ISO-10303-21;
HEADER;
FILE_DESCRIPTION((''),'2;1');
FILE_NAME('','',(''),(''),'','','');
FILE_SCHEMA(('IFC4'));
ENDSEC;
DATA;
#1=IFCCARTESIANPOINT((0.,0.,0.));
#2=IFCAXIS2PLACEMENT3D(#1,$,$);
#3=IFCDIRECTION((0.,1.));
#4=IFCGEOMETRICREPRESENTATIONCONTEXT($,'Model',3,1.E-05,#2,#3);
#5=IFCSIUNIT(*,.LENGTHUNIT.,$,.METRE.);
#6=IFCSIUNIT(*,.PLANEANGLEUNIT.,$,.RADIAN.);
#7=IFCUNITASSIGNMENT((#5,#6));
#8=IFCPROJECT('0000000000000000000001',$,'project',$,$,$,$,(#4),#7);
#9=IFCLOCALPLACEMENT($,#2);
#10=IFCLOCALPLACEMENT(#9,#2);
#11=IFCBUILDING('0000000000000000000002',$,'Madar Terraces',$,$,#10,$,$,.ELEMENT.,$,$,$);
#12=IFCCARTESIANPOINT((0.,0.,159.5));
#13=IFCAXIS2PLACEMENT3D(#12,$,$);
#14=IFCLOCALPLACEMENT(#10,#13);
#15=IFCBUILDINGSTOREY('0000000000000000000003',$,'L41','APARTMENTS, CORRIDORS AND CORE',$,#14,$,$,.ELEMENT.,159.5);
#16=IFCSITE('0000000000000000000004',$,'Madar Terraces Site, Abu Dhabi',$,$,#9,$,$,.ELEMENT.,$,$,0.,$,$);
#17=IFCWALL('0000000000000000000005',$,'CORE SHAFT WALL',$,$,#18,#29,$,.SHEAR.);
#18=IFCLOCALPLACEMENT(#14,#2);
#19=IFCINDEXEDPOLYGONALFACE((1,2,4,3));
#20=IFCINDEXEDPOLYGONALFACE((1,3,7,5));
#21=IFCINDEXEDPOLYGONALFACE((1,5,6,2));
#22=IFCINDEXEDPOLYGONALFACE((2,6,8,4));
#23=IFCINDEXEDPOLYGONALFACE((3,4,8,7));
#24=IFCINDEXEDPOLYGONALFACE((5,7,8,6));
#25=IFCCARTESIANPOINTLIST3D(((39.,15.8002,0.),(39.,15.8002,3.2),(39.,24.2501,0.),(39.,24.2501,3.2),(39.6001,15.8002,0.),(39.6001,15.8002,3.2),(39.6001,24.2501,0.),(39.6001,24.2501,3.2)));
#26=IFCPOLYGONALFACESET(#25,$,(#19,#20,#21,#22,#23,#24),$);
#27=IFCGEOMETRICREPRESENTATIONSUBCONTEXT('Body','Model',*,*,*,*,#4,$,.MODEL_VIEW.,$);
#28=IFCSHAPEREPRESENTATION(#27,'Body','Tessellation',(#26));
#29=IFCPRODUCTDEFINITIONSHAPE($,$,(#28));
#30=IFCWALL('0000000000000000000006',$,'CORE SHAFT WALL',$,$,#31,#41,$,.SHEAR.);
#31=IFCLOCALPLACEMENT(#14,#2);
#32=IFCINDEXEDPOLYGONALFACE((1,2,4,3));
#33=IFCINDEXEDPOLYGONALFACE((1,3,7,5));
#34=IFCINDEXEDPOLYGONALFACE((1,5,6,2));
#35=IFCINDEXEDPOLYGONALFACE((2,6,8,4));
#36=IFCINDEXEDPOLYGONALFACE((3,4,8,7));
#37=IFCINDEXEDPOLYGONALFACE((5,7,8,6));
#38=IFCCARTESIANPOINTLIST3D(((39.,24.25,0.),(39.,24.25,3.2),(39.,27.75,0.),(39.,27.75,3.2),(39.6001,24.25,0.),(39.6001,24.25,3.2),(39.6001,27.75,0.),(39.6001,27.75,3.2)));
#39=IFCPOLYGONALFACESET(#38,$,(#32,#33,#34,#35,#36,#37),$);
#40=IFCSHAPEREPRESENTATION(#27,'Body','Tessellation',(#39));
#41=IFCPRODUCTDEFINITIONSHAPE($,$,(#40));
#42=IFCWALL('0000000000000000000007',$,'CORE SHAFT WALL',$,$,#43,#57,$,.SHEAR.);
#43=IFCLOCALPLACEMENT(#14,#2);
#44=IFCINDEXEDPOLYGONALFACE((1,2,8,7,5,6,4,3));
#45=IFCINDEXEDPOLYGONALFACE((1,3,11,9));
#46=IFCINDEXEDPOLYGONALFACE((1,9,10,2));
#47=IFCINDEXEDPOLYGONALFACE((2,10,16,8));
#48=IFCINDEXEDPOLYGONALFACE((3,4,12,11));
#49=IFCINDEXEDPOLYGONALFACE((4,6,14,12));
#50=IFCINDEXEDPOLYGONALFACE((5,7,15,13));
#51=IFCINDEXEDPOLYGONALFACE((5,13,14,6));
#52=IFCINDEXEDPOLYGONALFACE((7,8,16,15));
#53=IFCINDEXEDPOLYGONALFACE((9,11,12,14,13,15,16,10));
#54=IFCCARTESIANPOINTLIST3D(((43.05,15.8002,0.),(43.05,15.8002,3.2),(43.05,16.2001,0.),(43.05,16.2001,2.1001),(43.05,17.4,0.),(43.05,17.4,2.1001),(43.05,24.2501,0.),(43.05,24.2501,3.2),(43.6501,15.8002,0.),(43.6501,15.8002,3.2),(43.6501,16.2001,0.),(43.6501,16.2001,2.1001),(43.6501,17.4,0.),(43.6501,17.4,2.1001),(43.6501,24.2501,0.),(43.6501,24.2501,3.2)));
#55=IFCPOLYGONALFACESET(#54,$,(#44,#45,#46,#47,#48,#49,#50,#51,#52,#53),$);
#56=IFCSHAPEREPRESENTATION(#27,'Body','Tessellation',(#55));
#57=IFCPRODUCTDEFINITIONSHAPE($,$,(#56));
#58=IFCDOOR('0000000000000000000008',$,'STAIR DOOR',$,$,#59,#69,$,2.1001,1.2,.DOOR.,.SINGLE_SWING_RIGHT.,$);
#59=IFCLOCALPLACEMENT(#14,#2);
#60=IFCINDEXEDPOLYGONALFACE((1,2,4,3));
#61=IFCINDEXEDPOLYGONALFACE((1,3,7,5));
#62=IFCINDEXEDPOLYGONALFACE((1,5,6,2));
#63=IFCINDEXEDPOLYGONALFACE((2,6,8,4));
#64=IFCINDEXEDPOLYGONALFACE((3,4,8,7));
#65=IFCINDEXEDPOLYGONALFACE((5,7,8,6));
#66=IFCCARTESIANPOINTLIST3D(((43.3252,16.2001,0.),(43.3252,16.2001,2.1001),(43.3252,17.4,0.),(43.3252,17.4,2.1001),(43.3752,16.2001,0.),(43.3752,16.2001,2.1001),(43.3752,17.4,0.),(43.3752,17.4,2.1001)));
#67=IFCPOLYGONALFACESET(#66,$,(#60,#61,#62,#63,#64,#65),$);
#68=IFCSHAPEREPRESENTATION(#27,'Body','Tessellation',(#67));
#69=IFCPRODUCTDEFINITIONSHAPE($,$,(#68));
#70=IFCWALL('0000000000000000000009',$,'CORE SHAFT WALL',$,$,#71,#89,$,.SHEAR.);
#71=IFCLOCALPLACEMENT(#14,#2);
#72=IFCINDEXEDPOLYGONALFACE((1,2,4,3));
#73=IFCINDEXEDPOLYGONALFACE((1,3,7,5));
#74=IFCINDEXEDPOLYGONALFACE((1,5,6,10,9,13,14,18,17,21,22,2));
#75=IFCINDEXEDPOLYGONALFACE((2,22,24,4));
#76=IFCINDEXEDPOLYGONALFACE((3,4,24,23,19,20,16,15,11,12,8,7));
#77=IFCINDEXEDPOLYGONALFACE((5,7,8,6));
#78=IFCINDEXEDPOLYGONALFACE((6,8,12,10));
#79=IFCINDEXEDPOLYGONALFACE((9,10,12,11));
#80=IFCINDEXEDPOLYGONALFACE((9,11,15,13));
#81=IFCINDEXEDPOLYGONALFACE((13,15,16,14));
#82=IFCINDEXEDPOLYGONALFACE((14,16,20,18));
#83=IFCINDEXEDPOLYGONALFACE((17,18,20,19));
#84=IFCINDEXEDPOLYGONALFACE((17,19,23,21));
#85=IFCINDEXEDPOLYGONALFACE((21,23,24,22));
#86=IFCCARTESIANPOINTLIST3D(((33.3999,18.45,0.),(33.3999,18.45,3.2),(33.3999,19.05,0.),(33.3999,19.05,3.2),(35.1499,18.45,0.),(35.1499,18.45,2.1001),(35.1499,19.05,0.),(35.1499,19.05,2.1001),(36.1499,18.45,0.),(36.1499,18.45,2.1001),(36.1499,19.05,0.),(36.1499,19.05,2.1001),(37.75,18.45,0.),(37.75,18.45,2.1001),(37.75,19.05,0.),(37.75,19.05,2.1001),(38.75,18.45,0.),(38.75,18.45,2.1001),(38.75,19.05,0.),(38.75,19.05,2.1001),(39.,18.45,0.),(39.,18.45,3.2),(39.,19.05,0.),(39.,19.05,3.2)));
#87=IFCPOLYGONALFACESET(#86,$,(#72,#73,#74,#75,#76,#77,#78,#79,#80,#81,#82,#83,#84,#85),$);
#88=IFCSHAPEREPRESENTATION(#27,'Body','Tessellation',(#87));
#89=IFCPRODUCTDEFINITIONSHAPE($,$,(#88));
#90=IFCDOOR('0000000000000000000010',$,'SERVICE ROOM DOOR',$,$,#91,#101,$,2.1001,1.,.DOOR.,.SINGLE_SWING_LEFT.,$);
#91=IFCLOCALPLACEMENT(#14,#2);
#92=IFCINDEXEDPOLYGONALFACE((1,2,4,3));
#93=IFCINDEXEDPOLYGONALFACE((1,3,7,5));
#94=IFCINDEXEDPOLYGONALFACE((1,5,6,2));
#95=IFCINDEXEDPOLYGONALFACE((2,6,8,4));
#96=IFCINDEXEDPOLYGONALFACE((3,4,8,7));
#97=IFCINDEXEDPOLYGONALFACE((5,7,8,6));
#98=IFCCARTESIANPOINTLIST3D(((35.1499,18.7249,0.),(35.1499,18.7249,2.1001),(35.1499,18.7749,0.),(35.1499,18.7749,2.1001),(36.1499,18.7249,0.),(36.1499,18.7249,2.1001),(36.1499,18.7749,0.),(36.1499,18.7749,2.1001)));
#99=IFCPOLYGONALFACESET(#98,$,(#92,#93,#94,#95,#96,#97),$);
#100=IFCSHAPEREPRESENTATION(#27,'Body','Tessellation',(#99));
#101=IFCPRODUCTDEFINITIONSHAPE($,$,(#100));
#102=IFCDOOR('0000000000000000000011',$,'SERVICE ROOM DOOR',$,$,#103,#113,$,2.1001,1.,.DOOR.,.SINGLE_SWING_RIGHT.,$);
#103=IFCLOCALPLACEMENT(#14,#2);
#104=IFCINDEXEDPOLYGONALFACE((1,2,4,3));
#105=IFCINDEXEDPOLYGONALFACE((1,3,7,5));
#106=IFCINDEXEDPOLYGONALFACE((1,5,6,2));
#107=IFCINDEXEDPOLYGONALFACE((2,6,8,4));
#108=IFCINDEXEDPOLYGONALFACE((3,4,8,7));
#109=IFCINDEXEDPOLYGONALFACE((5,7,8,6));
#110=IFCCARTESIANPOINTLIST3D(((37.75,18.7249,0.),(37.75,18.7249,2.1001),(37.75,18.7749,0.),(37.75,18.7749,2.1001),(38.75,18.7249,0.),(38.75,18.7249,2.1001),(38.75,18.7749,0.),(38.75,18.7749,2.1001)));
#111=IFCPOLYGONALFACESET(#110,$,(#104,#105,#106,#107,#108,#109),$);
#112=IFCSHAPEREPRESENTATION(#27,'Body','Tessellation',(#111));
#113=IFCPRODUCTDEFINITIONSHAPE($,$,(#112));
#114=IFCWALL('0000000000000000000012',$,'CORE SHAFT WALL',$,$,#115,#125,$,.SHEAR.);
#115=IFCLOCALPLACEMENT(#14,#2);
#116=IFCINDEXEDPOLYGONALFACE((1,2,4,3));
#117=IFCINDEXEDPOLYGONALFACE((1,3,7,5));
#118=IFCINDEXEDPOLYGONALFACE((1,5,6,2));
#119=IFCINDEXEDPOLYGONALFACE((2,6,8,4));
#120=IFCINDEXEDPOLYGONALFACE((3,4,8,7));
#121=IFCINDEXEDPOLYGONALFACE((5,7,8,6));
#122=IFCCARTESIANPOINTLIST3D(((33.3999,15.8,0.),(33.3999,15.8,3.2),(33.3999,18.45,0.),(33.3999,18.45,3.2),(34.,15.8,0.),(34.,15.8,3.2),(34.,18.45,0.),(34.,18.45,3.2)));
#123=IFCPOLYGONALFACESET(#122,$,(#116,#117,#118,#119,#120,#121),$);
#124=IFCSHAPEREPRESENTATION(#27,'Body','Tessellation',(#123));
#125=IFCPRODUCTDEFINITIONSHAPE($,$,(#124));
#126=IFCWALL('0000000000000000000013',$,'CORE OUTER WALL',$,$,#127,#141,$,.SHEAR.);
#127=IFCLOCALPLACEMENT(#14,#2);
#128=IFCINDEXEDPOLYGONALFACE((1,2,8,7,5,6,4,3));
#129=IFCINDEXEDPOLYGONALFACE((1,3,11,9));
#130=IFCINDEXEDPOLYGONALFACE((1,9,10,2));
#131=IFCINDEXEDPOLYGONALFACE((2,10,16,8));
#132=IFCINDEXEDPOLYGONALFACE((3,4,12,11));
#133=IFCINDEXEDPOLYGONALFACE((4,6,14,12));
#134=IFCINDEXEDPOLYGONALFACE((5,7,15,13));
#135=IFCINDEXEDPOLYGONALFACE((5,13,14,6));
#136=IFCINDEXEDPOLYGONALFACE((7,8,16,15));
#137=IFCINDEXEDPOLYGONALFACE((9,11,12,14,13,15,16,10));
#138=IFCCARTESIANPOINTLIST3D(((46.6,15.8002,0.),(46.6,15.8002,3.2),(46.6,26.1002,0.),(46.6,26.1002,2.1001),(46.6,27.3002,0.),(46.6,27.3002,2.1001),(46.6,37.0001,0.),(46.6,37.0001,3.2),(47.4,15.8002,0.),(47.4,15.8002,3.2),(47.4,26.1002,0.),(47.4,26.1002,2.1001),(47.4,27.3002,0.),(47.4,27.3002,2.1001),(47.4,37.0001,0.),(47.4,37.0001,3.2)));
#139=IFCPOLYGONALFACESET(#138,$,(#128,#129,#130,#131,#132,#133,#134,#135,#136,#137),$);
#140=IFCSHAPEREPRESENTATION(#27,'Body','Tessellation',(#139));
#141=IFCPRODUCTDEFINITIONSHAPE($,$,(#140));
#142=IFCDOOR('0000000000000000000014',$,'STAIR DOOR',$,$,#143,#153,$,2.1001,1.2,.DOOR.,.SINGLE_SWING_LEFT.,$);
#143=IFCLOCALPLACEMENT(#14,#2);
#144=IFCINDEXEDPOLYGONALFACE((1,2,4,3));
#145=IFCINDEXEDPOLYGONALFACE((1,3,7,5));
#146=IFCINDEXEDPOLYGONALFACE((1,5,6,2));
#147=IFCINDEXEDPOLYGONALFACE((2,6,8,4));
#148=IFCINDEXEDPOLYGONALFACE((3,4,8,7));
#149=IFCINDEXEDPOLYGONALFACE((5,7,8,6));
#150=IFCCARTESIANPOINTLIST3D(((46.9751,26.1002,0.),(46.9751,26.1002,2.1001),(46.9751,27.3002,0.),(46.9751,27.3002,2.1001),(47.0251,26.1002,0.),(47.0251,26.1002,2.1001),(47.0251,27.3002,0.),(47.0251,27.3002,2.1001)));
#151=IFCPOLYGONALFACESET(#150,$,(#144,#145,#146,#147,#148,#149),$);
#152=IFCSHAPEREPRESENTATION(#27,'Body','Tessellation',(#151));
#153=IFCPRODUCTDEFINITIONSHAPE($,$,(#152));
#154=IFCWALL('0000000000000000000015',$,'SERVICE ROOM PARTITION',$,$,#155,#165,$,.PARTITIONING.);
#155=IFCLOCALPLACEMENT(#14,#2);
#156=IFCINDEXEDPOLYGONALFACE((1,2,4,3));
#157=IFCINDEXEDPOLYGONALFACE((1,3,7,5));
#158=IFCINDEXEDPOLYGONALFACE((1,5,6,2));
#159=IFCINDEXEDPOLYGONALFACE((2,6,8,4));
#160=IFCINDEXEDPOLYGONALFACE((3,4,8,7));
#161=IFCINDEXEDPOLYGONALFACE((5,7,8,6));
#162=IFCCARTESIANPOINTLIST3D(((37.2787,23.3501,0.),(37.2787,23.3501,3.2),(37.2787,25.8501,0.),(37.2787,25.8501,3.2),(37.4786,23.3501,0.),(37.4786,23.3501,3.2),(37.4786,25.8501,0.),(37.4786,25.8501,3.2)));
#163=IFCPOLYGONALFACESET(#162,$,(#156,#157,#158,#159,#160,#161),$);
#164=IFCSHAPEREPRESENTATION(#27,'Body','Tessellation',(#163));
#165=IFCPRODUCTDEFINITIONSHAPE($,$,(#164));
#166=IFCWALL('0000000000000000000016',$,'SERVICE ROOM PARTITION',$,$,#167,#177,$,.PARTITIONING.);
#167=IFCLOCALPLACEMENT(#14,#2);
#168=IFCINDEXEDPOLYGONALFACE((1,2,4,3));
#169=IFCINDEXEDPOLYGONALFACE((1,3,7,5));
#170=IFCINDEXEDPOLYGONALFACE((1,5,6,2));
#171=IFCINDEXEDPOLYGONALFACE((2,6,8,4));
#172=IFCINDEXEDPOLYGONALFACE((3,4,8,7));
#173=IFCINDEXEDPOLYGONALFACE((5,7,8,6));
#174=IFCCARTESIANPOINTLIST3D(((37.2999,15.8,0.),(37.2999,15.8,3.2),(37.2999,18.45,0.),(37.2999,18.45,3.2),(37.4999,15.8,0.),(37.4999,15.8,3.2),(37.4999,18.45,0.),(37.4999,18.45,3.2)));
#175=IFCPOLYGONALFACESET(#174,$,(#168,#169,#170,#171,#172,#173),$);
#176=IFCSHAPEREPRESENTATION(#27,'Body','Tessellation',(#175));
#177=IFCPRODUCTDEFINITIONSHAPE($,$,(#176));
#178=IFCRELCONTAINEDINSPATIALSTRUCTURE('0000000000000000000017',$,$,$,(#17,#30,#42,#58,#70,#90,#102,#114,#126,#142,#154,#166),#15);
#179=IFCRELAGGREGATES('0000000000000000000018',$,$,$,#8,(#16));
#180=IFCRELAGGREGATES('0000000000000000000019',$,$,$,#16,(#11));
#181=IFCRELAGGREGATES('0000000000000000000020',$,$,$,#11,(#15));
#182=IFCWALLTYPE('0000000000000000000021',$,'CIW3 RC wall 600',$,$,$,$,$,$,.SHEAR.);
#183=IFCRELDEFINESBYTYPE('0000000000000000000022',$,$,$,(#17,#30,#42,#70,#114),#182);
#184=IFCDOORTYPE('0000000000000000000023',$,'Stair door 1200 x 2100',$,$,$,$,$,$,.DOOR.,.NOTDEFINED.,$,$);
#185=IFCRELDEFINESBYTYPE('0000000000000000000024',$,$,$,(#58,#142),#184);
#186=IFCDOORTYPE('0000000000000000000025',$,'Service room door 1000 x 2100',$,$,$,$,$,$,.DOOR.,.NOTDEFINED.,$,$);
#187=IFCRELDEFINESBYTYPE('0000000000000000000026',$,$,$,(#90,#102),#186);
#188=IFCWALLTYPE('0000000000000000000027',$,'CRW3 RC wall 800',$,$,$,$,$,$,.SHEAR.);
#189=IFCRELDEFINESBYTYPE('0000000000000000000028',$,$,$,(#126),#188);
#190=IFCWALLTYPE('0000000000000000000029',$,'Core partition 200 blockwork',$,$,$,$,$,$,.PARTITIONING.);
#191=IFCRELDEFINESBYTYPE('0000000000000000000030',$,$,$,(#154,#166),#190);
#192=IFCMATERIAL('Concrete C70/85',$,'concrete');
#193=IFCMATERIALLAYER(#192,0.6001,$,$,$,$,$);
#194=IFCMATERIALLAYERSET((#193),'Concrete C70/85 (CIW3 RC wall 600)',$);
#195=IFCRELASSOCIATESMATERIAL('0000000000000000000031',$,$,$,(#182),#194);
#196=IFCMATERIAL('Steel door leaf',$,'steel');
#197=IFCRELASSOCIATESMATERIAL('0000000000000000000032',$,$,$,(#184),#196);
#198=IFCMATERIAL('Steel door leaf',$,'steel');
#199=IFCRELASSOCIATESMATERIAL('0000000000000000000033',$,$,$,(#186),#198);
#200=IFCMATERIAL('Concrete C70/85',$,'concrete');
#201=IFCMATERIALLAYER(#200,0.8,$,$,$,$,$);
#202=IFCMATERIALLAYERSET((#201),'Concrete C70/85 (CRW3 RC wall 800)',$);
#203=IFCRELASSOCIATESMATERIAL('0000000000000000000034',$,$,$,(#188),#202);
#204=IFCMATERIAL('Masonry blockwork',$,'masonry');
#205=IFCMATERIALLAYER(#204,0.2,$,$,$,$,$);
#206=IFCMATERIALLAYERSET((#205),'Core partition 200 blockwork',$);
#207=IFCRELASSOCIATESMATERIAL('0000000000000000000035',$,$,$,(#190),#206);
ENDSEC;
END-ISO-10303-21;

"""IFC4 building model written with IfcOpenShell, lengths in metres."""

from ifc_helpers import new_model, si_unit, direction, frame, frame_2d, origin, place, context, subcontext, project, spatial, rectangle, extrude, material, layer, layer_set, type_object, element, fill, save


model = new_model("IFC4")

# Units and contexts
model_context = context("Model", 3, precision=1e-05, world=origin(), true_north=direction((0.0, 1.0)))
body_context = subcontext(model_context, "Body", "Model", "MODEL_VIEW")
ifc_project = project(units=[si_unit("LENGTHUNIT", "METRE"), si_unit("PLANEANGLEUNIT", "RADIAN")], contexts=[model_context])

# Site, building, storey
site_placement = place(None, origin())
site = spatial("IfcSite", under=ifc_project, at=site_placement, Name="Madar Terraces Site, Abu Dhabi", CompositionType="ELEMENT", RefElevation=0.0)
building_placement = place(site_placement, origin())
building = spatial("IfcBuilding", under=site, at=building_placement, Name="Madar Terraces", CompositionType="ELEMENT")
storey_placement = place(building_placement, frame((0.0, 0.0, 159.5)))
storey = spatial("IfcBuildingStorey", under=building, at=storey_placement, Name="L41", Description="APARTMENTS, CORRIDORS AND CORE", CompositionType="ELEMENT", Elevation=159.5)

# Walls
ifc_material_1 = material(Name="Concrete C70/85", Category="concrete")
ifc_layer_1 = layer(ifc_material_1, 0.6001)
ifc_layer_set_1 = layer_set([ifc_layer_1], Name="Concrete C70/85 (CIW3 RC wall 600)")
wall_type_1 = type_object("IfcWallType", Name="CIW3 RC wall 600", PredefinedType="SHEAR", material=ifc_layer_set_1)
wall_1_placement = place(storey_placement, frame((39.3, 15.8, 0.0), z_axis=(0.0, 0.0, 1.0), x_axis=(0.0, 1.0, 0.0)))
element("IfcWall", 1, at=wall_1_placement, inside=storey, type_object=wall_type_1, Name="CORE SHAFT WALL", PredefinedType="SHEAR", context=body_context, shape_type="SweptSolid", body=[
    extrude(rectangle(XDim=8.45, YDim=0.6001, at=frame_2d((4.2251, 0.0))), origin(), (0.0, 0.0, 1.0), 3.2),
])
wall_2_placement = place(storey_placement, frame((39.3, 24.25, 0.0), z_axis=(0.0, 0.0, 1.0), x_axis=(0.0, 1.0, 0.0)))
element("IfcWall", 2, at=wall_2_placement, inside=storey, type_object=wall_type_1, Name="CORE SHAFT WALL", PredefinedType="SHEAR", context=body_context, shape_type="SweptSolid", body=[
    extrude(rectangle(XDim=3.5, YDim=0.6001, at=frame_2d((1.75, 0.0))), origin(), (0.0, 0.0, 1.0), 3.2),
])

# Wall, opening, door
wall_3_placement = place(storey_placement, frame((43.3501, 15.8, 0.0), z_axis=(0.0, 0.0, 1.0), x_axis=(0.0, 1.0, 0.0)))
wall_3 = element("IfcWall", 3, at=wall_3_placement, inside=storey, type_object=wall_type_1, Name="CORE SHAFT WALL", PredefinedType="SHEAR", context=body_context, shape_type="SweptSolid", body=[
    extrude(rectangle(XDim=8.45, YDim=0.6001, at=frame_2d((4.2251, 0.0))), origin(), (0.0, 0.0, 1.0), 3.2),
])
opening_1_placement = place(wall_3_placement, frame((0.3999, 0.0, 0.0)))
opening_1 = element("IfcOpeningElement", 4, at=opening_1_placement, cuts=wall_3, PredefinedType="OPENING", context=body_context, shape_type="SweptSolid", body=[
    extrude(rectangle(XDim=1.2, YDim=2.1001, at=frame_2d((0.6001, 1.05))), frame((0.0, 0.3101, 0.0), z_axis=(0.0, -1.0, 0.0), x_axis=(1.0, 0.0, 0.0)), (0.0, 0.0, 1.0), 0.6201),
])
ifc_material_2 = material(Name="Steel door leaf", Category="steel")
door_type_1 = type_object("IfcDoorType", Name="Stair door 1200 x 2100", OperationType="NOTDEFINED", PredefinedType="DOOR", material=ifc_material_2)
door_1_placement = place(opening_1_placement, origin())
door_1 = element("IfcDoor", 5, at=door_1_placement, inside=storey, type_object=door_type_1, Name="STAIR DOOR", OperationType="SINGLE_SWING_RIGHT", OverallHeight=2.1001, OverallWidth=1.2, PredefinedType="DOOR", context=body_context, shape_type="SweptSolid", body=[
    extrude(rectangle(XDim=1.2, YDim=2.1001, at=frame_2d((0.6001, 1.05))), frame((0.0, 0.0249, 0.0), z_axis=(0.0, -1.0, 0.0), x_axis=(1.0, 0.0, 0.0)), (0.0, 0.0, 1.0), 0.05),
])
fill(opening_1, door_1)

# Wall, openings, doors
wall_4_placement = place(storey_placement, frame((33.3999, 18.75, 0.0), z_axis=(0.0, 0.0, 1.0), x_axis=(1.0, 0.0, 0.0)))
wall_4 = element("IfcWall", 6, at=wall_4_placement, inside=storey, type_object=wall_type_1, Name="CORE SHAFT WALL", PredefinedType="SHEAR", context=body_context, shape_type="SweptSolid", body=[
    extrude(rectangle(XDim=5.6001, YDim=0.6001, at=frame_2d((2.8, 0.0))), origin(), (0.0, 0.0, 1.0), 3.2),
])
opening_2_placement = place(wall_4_placement, frame((1.75, 0.0, 0.0)))
opening_2 = element("IfcOpeningElement", 7, at=opening_2_placement, cuts=wall_4, PredefinedType="OPENING", context=body_context, shape_type="SweptSolid", body=[
    extrude(rectangle(XDim=1.0, YDim=2.1001, at=frame_2d((0.5, 1.05))), frame((0.0, 0.3101, 0.0), z_axis=(0.0, -1.0, 0.0), x_axis=(1.0, 0.0, 0.0)), (0.0, 0.0, 1.0), 0.6201),
])
opening_3_placement = place(wall_4_placement, frame((4.3501, 0.0, 0.0)))
opening_3 = element("IfcOpeningElement", 8, at=opening_3_placement, cuts=wall_4, PredefinedType="OPENING", context=body_context, shape_type="SweptSolid", body=[
    extrude(rectangle(XDim=1.0, YDim=2.1001, at=frame_2d((0.5, 1.05))), frame((0.0, 0.3101, 0.0), z_axis=(0.0, -1.0, 0.0), x_axis=(1.0, 0.0, 0.0)), (0.0, 0.0, 1.0), 0.6201),
])
ifc_material_3 = material(Name="Steel door leaf", Category="steel")
door_type_2 = type_object("IfcDoorType", Name="Service room door 1000 x 2100", OperationType="NOTDEFINED", PredefinedType="DOOR", material=ifc_material_3)
door_2_placement = place(opening_2_placement, origin())
door_2 = element("IfcDoor", 9, at=door_2_placement, inside=storey, type_object=door_type_2, Name="SERVICE ROOM DOOR", OperationType="SINGLE_SWING_LEFT", OverallHeight=2.1001, OverallWidth=1.0, PredefinedType="DOOR", context=body_context, shape_type="SweptSolid", body=[
    extrude(rectangle(XDim=1.0, YDim=2.1001, at=frame_2d((0.5, 1.05))), frame((0.0, 0.0249, 0.0), z_axis=(0.0, -1.0, 0.0), x_axis=(1.0, 0.0, 0.0)), (0.0, 0.0, 1.0), 0.05),
])
fill(opening_2, door_2)
door_3_placement = place(opening_3_placement, origin())
door_3 = element("IfcDoor", 10, at=door_3_placement, inside=storey, type_object=door_type_2, Name="SERVICE ROOM DOOR", OperationType="SINGLE_SWING_RIGHT", OverallHeight=2.1001, OverallWidth=1.0, PredefinedType="DOOR", context=body_context, shape_type="SweptSolid", body=[
    extrude(rectangle(XDim=1.0, YDim=2.1001, at=frame_2d((0.5, 1.05))), frame((0.0, 0.0249, 0.0), z_axis=(0.0, -1.0, 0.0), x_axis=(1.0, 0.0, 0.0)), (0.0, 0.0, 1.0), 0.05),
])
fill(opening_3, door_3)

# Wall
wall_5_placement = place(storey_placement, frame((33.7, 15.8, 0.0), z_axis=(0.0, 0.0, 1.0), x_axis=(0.0, 1.0, 0.0)))
element("IfcWall", 11, at=wall_5_placement, inside=storey, type_object=wall_type_1, Name="CORE SHAFT WALL", PredefinedType="SHEAR", context=body_context, shape_type="SweptSolid", body=[
    extrude(rectangle(XDim=2.6499, YDim=0.6001, at=frame_2d((1.325, 0.0))), origin(), (0.0, 0.0, 1.0), 3.2),
])

# Wall, opening, door
ifc_material_4 = material(Name="Concrete C70/85", Category="concrete")
ifc_layer_2 = layer(ifc_material_4, 0.8)
ifc_layer_set_2 = layer_set([ifc_layer_2], Name="Concrete C70/85 (CRW3 RC wall 800)")
wall_type_2 = type_object("IfcWallType", Name="CRW3 RC wall 800", PredefinedType="SHEAR", material=ifc_layer_set_2)
wall_6_placement = place(storey_placement, frame((47.0, 15.8, 0.0), z_axis=(0.0, 0.0, 1.0), x_axis=(0.0, 1.0, 0.0)))
wall_6 = element("IfcWall", 12, at=wall_6_placement, inside=storey, type_object=wall_type_2, Name="CORE OUTER WALL", PredefinedType="SHEAR", context=body_context, shape_type="SweptSolid", body=[
    extrude(rectangle(XDim=21.2, YDim=0.8, at=frame_2d((10.6001, 0.0))), origin(), (0.0, 0.0, 1.0), 3.2),
])
opening_4_placement = place(wall_6_placement, frame((10.3, 0.0, 0.0)))
opening_4 = element("IfcOpeningElement", 13, at=opening_4_placement, cuts=wall_6, PredefinedType="OPENING", context=body_context, shape_type="SweptSolid", body=[
    extrude(rectangle(XDim=1.2, YDim=2.1001, at=frame_2d((0.6001, 1.05))), frame((0.0, 0.4099, 0.0), z_axis=(0.0, -1.0, 0.0), x_axis=(1.0, 0.0, 0.0)), (0.0, 0.0, 1.0), 0.8201),
])
door_4_placement = place(opening_4_placement, origin())
door_4 = element("IfcDoor", 14, at=door_4_placement, inside=storey, type_object=door_type_1, Name="STAIR DOOR", OperationType="SINGLE_SWING_LEFT", OverallHeight=2.1001, OverallWidth=1.2, PredefinedType="DOOR", context=body_context, shape_type="SweptSolid", body=[
    extrude(rectangle(XDim=1.2, YDim=2.1001, at=frame_2d((0.6001, 1.05))), frame((0.0, 0.0249, 0.0), z_axis=(0.0, -1.0, 0.0), x_axis=(1.0, 0.0, 0.0)), (0.0, 0.0, 1.0), 0.05),
])
fill(opening_4, door_4)

# Walls
ifc_material_5 = material(Name="Masonry blockwork", Category="masonry")
ifc_layer_3 = layer(ifc_material_5, 0.2)
ifc_layer_set_3 = layer_set([ifc_layer_3], Name="Core partition 200 blockwork")
wall_type_3 = type_object("IfcWallType", Name="Core partition 200 blockwork", PredefinedType="PARTITIONING", material=ifc_layer_set_3)
wall_7_placement = place(storey_placement, frame((37.3787, 23.3501, 0.0), z_axis=(0.0, 0.0, 1.0), x_axis=(0.0, 1.0, 0.0)))
element("IfcWall", 15, at=wall_7_placement, inside=storey, type_object=wall_type_3, Name="SERVICE ROOM PARTITION", PredefinedType="PARTITIONING", context=body_context, shape_type="SweptSolid", body=[
    extrude(rectangle(XDim=2.5, YDim=0.2, at=frame_2d((1.25, 0.0))), origin(), (0.0, 0.0, 1.0), 3.2),
])
wall_8_placement = place(storey_placement, frame((37.3999, 15.8, 0.0), z_axis=(0.0, 0.0, 1.0), x_axis=(0.0, 1.0, 0.0)))
element("IfcWall", 16, at=wall_8_placement, inside=storey, type_object=wall_type_3, Name="SERVICE ROOM PARTITION", PredefinedType="PARTITIONING", context=body_context, shape_type="SweptSolid", body=[
    extrude(rectangle(XDim=2.6499, YDim=0.2, at=frame_2d((1.325, 0.0))), origin(), (0.0, 0.0, 1.0), 3.2),
])

save(model, "model.ifc")
